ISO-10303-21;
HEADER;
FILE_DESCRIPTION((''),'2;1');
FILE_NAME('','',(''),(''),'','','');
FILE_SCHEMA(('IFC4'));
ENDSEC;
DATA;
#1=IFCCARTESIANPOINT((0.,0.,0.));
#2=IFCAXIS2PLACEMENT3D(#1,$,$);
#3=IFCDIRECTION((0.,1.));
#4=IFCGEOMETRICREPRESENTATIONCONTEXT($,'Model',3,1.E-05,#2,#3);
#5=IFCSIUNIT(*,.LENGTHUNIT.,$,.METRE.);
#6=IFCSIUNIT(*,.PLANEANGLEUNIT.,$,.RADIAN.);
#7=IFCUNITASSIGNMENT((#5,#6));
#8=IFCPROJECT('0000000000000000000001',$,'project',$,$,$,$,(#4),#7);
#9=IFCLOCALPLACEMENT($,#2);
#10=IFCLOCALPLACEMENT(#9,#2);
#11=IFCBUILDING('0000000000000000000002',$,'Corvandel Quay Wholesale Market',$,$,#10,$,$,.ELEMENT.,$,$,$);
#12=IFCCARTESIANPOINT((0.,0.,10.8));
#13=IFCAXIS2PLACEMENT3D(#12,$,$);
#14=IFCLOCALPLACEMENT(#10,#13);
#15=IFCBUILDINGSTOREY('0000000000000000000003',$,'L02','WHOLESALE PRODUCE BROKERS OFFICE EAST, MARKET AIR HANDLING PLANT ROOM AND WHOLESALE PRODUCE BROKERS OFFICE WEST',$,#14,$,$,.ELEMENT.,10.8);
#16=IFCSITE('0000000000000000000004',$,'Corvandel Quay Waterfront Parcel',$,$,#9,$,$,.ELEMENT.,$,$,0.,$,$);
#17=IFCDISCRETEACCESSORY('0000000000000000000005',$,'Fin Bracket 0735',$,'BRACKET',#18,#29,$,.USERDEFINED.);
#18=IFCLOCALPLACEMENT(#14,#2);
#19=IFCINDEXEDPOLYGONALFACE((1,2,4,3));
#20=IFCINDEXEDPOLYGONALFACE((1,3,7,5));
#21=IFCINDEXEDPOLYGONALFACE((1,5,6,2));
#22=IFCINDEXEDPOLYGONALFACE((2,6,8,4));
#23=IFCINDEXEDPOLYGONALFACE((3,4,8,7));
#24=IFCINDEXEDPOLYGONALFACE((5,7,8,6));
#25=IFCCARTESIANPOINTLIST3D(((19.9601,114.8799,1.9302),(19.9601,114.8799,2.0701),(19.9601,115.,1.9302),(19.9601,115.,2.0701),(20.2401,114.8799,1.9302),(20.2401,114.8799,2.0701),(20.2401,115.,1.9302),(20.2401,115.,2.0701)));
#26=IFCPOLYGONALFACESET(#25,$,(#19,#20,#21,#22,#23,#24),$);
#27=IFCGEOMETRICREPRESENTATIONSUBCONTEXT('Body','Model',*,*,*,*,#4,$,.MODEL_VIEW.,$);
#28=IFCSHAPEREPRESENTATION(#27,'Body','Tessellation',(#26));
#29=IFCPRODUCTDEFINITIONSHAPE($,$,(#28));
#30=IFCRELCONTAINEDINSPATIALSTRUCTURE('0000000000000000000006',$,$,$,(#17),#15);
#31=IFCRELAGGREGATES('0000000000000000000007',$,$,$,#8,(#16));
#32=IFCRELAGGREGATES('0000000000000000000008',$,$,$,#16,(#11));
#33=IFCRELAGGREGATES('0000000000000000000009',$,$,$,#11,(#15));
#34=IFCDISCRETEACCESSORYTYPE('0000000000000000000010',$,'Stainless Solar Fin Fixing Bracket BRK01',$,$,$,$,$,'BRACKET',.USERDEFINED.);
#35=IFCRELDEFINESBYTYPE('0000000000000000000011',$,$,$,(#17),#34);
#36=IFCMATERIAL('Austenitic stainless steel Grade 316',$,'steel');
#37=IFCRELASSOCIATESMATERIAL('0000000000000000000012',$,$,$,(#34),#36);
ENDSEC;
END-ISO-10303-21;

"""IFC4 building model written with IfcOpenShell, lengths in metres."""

from ifc_helpers import new_model, si_unit, direction, frame, origin, origin_2d, place, context, subcontext, project, spatial, rectangle, extrude, material, type_object, element, save


model = new_model("IFC4")

# Units and contexts
model_context = context("Model", 3, precision=1e-05, world=origin(), true_north=direction((0.0, 1.0)))
body_context = subcontext(model_context, "Body", "Model", "MODEL_VIEW")
ifc_project = project(units=[si_unit("LENGTHUNIT", "METRE"), si_unit("PLANEANGLEUNIT", "RADIAN")], contexts=[model_context])

# Site, building, storey
site_placement = place(None, origin())
site = spatial("IfcSite", under=ifc_project, at=site_placement, Name="Corvandel Quay Waterfront Parcel", CompositionType="ELEMENT", RefElevation=0.0)
building_placement = place(site_placement, origin())
building = spatial("IfcBuilding", under=site, at=building_placement, Name="Corvandel Quay Wholesale Market", CompositionType="ELEMENT")
storey_placement = place(building_placement, frame((0.0, 0.0, 10.8)))
storey = spatial("IfcBuildingStorey", under=building, at=storey_placement, Name="L02", Description="WHOLESALE PRODUCE BROKERS OFFICE EAST, MARKET AIR HANDLING PLANT ROOM AND WHOLESALE PRODUCE BROKERS OFFICE WEST", CompositionType="ELEMENT", Elevation=10.8)

# Discrete accessory
ifc_material_1 = material(Name="Austenitic stainless steel Grade 316", Category="steel")
discrete_accessory_type = type_object("IfcDiscreteAccessoryType", Name="Stainless Solar Fin Fixing Bracket BRK01", ElementType="BRACKET", PredefinedType="USERDEFINED", material=ifc_material_1)
for number, where, z_axis, x_axis, name in (
    (1, (20.1001, 114.9399, 1.9302), (0.0, 0.0, 1.0), (1.0, 0.0, 0.0), "Fin Bracket 0735"),
):
    element("IfcDiscreteAccessory", number, at=place(storey_placement, frame(where, z_axis=z_axis, x_axis=x_axis)), inside=storey, type_object=discrete_accessory_type, Name=name, ObjectType="BRACKET", PredefinedType="USERDEFINED", context=body_context, shape_type="SweptSolid", body=[
        extrude(rectangle(XDim=0.28, YDim=0.1201, at=origin_2d()), origin(), (0.0, 0.0, 1.0), 0.1399),
    ])

save(model, "model.ifc")
